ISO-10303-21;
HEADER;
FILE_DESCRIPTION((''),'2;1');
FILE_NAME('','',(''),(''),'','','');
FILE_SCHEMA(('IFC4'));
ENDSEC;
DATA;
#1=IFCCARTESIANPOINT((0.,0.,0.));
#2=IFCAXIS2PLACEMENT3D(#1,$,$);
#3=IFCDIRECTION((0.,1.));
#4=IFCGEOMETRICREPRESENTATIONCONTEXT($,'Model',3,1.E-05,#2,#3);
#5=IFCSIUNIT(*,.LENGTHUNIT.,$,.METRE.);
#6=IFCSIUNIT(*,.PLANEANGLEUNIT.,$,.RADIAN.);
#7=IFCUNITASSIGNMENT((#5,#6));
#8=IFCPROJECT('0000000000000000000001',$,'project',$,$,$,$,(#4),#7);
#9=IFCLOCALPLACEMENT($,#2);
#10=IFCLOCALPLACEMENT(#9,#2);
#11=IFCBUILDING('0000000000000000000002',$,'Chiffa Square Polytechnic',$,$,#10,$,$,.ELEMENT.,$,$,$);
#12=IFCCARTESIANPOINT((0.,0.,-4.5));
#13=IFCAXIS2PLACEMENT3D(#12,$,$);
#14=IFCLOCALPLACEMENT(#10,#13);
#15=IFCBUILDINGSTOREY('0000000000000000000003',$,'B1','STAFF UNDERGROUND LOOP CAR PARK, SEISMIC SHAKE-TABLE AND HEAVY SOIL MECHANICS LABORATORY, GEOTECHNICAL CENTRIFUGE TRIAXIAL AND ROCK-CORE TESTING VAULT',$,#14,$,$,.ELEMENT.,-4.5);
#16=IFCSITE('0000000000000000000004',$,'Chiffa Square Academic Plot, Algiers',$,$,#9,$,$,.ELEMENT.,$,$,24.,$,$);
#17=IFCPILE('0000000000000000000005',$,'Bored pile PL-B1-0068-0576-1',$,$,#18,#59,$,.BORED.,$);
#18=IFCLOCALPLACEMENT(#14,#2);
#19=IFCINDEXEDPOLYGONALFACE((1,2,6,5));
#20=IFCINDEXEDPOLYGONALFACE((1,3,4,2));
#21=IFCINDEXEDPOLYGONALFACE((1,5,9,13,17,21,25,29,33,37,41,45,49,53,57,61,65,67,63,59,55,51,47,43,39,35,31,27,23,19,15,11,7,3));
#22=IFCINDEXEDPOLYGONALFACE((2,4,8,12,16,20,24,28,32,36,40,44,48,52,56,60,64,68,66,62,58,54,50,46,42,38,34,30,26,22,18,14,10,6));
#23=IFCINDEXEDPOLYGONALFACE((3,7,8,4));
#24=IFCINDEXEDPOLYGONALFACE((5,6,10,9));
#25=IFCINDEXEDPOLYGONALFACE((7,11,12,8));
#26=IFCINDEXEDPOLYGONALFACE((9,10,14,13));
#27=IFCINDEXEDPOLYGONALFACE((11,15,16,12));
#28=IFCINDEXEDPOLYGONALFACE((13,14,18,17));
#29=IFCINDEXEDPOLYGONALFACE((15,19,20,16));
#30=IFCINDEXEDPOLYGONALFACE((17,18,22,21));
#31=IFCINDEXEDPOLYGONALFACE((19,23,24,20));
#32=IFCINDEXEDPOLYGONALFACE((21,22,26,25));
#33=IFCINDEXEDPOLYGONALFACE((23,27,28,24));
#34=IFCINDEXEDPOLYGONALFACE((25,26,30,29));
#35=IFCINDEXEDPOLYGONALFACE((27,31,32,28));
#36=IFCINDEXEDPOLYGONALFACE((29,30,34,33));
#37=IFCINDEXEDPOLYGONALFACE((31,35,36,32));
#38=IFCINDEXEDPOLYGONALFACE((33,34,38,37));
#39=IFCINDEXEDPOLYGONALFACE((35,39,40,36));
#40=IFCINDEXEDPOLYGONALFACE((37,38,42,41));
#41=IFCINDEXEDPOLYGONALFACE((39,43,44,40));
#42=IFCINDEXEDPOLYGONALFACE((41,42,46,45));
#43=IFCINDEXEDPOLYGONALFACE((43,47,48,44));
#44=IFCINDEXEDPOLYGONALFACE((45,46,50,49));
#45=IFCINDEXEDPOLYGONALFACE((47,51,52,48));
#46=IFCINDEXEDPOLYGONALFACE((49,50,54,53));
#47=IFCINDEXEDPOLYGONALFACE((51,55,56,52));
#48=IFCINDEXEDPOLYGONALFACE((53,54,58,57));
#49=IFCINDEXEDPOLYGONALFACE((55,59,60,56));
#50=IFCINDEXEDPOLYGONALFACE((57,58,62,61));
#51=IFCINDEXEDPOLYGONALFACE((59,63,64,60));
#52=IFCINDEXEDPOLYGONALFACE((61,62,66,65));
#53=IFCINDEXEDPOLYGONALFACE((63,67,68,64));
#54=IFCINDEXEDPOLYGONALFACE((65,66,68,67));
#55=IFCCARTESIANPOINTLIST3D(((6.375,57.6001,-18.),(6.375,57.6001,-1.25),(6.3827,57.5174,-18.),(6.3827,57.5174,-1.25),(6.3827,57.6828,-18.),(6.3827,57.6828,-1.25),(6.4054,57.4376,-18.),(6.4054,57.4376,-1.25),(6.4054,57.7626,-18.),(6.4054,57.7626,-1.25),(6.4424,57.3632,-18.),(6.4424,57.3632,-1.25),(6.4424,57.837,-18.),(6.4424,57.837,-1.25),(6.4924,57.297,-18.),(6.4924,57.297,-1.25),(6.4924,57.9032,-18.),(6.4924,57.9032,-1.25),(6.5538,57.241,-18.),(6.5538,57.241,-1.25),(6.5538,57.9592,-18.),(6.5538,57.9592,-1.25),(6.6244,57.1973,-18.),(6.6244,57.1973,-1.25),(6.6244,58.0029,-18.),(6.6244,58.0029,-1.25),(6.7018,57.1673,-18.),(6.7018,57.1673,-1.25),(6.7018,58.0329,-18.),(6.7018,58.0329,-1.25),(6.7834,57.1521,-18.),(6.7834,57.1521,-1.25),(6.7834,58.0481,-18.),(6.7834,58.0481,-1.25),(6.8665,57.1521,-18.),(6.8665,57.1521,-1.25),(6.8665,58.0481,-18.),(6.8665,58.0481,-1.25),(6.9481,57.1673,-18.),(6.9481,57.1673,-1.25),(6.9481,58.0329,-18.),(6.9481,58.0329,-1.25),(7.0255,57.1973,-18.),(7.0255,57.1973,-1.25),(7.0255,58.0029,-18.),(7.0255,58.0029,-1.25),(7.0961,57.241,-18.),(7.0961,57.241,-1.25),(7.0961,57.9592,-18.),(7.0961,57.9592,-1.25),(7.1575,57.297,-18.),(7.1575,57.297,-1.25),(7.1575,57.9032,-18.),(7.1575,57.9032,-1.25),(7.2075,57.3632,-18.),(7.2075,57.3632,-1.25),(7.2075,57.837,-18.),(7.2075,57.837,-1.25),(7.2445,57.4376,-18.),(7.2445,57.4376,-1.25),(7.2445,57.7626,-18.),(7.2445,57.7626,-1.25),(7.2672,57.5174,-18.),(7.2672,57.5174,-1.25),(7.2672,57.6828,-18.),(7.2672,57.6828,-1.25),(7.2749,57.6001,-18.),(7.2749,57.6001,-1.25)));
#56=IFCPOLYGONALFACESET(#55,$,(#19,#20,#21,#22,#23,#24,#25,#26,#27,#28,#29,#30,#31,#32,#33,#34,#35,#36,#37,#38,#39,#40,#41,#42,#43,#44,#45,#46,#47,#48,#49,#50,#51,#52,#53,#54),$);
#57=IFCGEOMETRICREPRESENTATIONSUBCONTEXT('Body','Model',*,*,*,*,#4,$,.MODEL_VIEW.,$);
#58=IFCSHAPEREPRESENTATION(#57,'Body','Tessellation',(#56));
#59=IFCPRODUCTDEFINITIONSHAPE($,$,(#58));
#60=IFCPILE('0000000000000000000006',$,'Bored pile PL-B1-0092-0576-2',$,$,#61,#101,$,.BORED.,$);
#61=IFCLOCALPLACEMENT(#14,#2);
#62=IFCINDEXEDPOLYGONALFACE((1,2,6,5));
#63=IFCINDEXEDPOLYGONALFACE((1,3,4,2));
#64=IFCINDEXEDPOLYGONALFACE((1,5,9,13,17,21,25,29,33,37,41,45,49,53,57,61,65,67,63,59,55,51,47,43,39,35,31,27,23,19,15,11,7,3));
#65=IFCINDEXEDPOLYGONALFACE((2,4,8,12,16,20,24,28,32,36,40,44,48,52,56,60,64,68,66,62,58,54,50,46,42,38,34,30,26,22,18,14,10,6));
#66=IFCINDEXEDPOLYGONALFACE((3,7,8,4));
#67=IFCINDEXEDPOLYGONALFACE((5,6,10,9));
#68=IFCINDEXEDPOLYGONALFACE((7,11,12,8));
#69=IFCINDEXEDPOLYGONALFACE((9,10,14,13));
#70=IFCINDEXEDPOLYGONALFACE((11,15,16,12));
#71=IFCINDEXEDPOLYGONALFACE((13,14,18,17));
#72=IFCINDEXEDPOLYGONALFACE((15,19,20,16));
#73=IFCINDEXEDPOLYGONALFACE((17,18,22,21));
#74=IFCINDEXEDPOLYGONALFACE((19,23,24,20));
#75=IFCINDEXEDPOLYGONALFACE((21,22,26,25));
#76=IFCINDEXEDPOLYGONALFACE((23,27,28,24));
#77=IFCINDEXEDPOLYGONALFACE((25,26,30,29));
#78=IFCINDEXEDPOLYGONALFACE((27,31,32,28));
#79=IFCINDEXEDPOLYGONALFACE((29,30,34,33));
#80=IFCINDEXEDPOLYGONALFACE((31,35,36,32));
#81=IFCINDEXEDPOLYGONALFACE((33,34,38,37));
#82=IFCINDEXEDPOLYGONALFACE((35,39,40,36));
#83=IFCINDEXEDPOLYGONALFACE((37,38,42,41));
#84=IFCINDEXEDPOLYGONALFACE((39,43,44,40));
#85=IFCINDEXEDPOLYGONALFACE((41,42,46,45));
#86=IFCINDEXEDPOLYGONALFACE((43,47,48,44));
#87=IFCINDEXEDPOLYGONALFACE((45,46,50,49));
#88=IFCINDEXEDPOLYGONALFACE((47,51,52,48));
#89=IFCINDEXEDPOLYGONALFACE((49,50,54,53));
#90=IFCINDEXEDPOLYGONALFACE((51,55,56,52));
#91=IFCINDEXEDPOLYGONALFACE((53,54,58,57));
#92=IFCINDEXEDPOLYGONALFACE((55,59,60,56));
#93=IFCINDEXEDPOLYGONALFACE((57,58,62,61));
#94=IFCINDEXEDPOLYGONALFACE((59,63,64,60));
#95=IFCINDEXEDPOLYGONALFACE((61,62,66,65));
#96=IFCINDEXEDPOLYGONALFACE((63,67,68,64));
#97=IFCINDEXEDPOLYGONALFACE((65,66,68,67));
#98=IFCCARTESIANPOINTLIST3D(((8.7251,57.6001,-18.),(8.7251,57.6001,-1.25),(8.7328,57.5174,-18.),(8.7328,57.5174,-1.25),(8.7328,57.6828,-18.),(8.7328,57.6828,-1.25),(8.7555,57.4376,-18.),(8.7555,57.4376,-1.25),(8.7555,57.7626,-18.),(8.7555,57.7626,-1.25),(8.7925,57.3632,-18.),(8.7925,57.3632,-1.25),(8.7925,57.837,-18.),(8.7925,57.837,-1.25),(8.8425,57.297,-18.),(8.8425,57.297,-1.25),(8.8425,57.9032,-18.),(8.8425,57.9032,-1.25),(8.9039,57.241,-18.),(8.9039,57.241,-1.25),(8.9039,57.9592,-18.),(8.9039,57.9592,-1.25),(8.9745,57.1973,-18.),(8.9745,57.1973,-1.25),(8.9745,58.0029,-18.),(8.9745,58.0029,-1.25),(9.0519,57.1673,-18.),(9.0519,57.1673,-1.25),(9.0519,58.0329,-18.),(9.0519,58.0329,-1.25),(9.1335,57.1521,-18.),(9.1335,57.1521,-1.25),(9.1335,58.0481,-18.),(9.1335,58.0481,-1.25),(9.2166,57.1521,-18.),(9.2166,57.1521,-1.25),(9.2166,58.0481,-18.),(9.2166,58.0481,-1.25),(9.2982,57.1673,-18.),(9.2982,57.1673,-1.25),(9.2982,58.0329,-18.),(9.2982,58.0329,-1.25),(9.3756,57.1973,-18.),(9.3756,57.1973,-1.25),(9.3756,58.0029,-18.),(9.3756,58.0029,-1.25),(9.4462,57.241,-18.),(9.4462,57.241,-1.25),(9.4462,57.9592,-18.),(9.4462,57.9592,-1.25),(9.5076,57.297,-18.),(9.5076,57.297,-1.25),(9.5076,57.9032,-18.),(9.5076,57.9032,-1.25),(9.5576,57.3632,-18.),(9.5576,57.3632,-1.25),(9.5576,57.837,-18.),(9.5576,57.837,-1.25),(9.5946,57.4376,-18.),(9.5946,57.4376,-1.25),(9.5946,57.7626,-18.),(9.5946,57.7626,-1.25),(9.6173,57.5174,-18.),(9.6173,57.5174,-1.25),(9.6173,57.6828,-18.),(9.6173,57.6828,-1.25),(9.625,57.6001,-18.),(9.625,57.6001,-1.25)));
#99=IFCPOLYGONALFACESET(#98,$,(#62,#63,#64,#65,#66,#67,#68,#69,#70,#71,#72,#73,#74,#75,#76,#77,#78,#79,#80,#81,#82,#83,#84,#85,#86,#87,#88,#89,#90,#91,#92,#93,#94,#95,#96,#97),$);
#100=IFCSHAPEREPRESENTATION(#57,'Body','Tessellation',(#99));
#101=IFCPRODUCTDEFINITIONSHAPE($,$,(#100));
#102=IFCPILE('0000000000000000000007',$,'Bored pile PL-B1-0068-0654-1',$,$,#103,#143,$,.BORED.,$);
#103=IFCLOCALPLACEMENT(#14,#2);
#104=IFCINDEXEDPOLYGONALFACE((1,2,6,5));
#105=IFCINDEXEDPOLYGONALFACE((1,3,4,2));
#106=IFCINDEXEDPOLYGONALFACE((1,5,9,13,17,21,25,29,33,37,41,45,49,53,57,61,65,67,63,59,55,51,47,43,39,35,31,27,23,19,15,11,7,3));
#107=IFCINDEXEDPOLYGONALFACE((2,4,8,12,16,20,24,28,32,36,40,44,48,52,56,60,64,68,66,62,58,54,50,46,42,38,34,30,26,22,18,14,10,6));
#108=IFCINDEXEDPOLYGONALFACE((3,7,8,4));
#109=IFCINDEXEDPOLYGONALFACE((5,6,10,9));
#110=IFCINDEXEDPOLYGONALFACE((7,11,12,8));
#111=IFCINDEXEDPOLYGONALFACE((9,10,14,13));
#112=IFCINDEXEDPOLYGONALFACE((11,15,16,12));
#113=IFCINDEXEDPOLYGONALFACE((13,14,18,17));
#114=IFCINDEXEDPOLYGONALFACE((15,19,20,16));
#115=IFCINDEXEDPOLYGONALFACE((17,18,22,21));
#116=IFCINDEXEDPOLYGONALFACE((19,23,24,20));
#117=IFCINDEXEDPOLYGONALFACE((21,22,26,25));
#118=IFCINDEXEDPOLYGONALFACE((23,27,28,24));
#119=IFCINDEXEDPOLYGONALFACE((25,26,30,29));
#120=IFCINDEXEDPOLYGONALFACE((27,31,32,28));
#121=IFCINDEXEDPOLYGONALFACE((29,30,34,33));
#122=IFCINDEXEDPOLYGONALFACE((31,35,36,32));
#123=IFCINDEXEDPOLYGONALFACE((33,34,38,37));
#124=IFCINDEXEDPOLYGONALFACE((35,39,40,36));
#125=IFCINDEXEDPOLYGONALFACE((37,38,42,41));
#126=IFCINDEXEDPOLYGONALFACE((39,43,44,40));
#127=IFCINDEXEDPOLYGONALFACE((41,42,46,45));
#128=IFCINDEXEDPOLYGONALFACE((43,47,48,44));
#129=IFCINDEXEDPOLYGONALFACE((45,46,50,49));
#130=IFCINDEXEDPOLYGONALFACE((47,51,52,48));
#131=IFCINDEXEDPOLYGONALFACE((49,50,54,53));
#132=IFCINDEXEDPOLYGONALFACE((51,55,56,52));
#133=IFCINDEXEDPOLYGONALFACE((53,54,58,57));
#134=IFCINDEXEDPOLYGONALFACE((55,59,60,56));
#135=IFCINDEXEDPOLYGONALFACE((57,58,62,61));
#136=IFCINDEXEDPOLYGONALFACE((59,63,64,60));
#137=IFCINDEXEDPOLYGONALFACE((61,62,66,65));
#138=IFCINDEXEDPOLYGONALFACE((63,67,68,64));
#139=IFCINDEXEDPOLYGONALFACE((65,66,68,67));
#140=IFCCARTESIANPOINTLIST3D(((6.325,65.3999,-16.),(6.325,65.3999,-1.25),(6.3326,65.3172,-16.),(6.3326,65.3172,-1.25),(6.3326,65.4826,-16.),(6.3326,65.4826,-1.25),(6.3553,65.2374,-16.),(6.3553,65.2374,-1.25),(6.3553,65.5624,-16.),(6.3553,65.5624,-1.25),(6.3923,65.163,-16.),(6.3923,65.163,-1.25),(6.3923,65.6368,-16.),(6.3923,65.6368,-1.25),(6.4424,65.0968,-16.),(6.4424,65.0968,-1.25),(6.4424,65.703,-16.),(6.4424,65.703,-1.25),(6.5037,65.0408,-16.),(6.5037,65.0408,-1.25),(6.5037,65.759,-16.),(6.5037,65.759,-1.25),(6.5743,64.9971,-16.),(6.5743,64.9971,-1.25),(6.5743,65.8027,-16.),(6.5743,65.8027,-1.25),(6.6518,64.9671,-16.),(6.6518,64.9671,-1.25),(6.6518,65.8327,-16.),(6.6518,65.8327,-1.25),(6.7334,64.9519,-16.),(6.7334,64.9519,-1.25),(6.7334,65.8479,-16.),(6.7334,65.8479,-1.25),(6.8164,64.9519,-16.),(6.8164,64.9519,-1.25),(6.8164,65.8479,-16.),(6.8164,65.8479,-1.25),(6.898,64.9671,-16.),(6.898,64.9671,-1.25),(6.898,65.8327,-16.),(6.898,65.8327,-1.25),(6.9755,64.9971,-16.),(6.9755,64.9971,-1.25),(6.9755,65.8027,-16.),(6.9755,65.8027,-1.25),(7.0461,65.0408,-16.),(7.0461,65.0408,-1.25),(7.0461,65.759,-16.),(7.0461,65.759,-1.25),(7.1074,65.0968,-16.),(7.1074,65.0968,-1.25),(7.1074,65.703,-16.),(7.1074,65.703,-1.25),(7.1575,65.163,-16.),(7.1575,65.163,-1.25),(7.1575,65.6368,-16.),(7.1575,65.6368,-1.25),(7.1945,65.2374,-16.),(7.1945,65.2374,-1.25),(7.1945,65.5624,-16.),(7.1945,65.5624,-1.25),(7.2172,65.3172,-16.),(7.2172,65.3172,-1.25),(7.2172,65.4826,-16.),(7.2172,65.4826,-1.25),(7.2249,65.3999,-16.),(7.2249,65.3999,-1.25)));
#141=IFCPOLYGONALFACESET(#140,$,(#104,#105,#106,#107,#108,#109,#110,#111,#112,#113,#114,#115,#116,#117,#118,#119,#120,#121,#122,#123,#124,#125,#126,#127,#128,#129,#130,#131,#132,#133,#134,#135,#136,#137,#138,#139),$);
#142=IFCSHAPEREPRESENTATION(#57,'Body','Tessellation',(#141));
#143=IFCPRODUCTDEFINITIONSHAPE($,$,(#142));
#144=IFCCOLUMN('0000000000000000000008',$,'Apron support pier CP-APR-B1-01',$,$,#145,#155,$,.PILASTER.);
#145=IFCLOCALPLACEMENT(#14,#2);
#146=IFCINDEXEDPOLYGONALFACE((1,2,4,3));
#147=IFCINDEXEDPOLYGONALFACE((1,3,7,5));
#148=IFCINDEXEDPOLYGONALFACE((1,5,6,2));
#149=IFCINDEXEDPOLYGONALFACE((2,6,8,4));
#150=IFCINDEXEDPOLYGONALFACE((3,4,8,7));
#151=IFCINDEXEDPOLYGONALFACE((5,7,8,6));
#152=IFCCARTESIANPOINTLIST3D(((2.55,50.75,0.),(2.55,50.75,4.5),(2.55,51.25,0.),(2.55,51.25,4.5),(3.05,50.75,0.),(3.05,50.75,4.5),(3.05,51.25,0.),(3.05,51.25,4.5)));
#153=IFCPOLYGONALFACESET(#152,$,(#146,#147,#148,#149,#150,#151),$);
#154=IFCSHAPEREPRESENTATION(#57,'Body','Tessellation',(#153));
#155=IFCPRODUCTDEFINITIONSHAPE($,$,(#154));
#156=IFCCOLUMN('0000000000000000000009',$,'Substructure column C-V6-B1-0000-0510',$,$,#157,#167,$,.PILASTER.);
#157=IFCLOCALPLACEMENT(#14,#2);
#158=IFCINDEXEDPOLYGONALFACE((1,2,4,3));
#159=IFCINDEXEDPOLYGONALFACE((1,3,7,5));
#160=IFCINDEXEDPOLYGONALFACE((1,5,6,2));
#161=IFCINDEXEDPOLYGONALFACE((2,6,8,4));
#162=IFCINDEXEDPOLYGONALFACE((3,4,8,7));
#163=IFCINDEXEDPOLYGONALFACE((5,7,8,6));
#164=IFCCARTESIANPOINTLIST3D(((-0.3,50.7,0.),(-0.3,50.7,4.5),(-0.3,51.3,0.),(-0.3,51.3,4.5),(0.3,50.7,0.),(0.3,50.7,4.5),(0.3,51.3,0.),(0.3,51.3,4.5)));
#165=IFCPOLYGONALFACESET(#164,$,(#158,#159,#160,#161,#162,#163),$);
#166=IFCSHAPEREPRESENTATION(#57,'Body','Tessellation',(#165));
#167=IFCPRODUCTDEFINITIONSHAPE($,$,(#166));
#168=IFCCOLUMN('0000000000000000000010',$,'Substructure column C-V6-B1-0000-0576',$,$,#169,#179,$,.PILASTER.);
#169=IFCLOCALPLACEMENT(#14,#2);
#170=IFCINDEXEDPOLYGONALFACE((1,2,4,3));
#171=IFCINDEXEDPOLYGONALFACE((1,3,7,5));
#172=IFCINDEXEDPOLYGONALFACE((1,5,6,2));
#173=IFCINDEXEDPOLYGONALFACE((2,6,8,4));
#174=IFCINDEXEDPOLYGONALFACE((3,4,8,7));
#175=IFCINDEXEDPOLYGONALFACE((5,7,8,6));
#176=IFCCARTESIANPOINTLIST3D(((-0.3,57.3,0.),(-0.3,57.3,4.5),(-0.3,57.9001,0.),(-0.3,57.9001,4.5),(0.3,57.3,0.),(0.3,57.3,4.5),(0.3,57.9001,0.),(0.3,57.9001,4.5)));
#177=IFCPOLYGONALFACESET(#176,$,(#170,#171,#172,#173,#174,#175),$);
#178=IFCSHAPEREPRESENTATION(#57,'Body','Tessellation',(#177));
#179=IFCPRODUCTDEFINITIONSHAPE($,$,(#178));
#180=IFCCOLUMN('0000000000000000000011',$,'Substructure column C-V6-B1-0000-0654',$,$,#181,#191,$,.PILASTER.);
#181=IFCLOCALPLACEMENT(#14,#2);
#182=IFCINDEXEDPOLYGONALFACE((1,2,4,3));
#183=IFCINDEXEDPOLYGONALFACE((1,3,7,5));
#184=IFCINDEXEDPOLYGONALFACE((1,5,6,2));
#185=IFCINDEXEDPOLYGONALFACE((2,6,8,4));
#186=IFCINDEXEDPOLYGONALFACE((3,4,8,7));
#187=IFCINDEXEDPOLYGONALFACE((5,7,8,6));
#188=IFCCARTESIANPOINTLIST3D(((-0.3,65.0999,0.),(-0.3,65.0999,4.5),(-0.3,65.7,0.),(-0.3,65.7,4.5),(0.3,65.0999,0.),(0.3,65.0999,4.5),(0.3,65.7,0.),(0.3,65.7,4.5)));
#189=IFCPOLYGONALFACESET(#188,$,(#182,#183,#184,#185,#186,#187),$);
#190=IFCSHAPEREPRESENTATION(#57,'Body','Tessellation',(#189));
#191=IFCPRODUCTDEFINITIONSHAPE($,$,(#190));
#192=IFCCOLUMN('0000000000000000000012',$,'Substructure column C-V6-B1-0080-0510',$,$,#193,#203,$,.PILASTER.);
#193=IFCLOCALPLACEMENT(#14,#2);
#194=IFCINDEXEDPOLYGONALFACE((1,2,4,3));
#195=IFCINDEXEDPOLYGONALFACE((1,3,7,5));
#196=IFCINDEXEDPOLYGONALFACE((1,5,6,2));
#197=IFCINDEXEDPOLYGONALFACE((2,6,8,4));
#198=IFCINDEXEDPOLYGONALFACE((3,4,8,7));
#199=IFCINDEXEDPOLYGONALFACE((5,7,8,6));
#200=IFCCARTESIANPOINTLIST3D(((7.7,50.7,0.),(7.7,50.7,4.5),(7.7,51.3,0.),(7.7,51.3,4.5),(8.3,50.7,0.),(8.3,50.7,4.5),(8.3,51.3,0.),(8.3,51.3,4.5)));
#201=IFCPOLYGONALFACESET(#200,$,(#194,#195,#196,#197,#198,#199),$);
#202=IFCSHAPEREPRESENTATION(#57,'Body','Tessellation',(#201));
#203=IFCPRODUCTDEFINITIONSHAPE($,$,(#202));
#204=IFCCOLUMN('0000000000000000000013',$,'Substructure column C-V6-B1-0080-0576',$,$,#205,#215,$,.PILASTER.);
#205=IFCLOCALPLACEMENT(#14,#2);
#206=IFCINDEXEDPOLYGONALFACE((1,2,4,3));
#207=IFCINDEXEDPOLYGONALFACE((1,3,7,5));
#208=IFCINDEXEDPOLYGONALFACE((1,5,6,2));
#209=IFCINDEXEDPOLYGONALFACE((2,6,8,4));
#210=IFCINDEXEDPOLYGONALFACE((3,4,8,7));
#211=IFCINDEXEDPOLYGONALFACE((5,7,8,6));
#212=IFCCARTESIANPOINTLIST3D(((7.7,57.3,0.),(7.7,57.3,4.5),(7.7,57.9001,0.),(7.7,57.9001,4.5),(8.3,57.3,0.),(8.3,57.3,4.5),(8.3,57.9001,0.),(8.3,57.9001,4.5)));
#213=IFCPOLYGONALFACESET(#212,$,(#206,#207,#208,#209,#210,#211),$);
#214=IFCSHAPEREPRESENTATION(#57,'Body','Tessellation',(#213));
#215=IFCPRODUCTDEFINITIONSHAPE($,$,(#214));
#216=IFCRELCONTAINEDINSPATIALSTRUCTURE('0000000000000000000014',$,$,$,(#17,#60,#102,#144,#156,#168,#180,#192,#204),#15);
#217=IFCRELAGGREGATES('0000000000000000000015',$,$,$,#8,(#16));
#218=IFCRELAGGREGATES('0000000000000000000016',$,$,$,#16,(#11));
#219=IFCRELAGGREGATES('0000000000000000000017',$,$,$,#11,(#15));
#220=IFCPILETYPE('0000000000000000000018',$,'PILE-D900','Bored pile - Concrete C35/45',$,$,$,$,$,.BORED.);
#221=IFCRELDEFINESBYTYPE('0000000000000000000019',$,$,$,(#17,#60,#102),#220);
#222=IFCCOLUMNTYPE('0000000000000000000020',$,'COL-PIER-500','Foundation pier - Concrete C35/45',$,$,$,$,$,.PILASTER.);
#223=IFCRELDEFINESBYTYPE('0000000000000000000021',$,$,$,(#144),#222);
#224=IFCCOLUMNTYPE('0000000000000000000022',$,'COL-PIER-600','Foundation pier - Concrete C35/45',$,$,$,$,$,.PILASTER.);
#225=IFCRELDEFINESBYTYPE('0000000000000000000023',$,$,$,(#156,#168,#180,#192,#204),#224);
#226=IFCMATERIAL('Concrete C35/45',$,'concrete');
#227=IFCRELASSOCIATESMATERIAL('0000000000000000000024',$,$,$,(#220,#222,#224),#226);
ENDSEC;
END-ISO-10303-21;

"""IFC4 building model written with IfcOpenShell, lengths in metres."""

from ifc_helpers import new_model, si_unit, direction, frame, origin, origin_2d, place, context, subcontext, project, spatial, rectangle, circle, extrude, material, material_profile, profile_set, type_object, element, save


model = new_model("IFC4")

# Units and contexts
model_context = context("Model", 3, precision=1e-05, world=origin(), true_north=direction((0.0, 1.0)))
body_context = subcontext(model_context, "Body", "Model", "MODEL_VIEW")
ifc_project = project(units=[si_unit("LENGTHUNIT", "METRE"), si_unit("PLANEANGLEUNIT", "RADIAN")], contexts=[model_context])

# Site, building, storey
site_placement = place(None, origin())
site = spatial("IfcSite", under=ifc_project, at=site_placement, Name="Chiffa Square Academic Plot, Algiers", CompositionType="ELEMENT", RefElevation=24.0)
building_placement = place(site_placement, origin())
building = spatial("IfcBuilding", under=site, at=building_placement, Name="Chiffa Square Polytechnic", CompositionType="ELEMENT")
storey_placement = place(building_placement, frame((0.0, 0.0, -4.5)))
storey = spatial("IfcBuildingStorey", under=building, at=storey_placement, Name="B1", Description="STAFF UNDERGROUND LOOP CAR PARK, SEISMIC SHAKE-TABLE AND HEAVY SOIL MECHANICS LABORATORY, GEOTECHNICAL CENTRIFUGE TRIAXIAL AND ROCK-CORE TESTING VAULT", CompositionType="ELEMENT", Elevation=-4.5)

# Shared definitions
ifc_material = material(Name="Concrete C35/45", Category="concrete")

# Piles
ifc_material_profile_1 = material_profile(ifc_material, circle(Radius=0.45, at=origin_2d()), Name="PILE D900")
ifc_profile_set_1 = profile_set([ifc_material_profile_1], Name="Concrete C35/45")
pile_type_1 = type_object("IfcPileType", Name="PILE-D900", Description="Bored pile - Concrete C35/45", PredefinedType="BORED", material=ifc_profile_set_1)
for number, where, z_axis, x_axis, name in (
    (1, (6.825, 57.6001, -1.25), (0.0, 0.0, -1.0), (1.0, 0.0, 0.0), "Bored pile PL-B1-0068-0576-1"),
    (2, (9.175, 57.6001, -1.25), (0.0, 0.0, -1.0), (1.0, 0.0, 0.0), "Bored pile PL-B1-0092-0576-2"),
):
    element("IfcPile", number, at=place(storey_placement, frame(where, z_axis=z_axis, x_axis=x_axis)), inside=storey, type_object=pile_type_1, Name=name, PredefinedType="BORED", context=body_context, shape_type="SweptSolid", body=[
        extrude(circle(Radius=0.45, at=origin_2d()), origin(), (0.0, 0.0, 1.0), 16.75),
    ])
pile_1_placement = place(storey_placement, frame((6.7749, 65.3999, -1.25), z_axis=(0.0, 0.0, -1.0), x_axis=(1.0, 0.0, 0.0)))
element("IfcPile", 3, at=pile_1_placement, inside=storey, type_object=pile_type_1, Name="Bored pile PL-B1-0068-0654-1", PredefinedType="BORED", context=body_context, shape_type="SweptSolid", body=[
    extrude(circle(Radius=0.45, at=origin_2d()), origin(), (0.0, 0.0, 1.0), 14.75),
])

# Columns
ifc_material_profile_2 = material_profile(ifc_material, rectangle(XDim=0.5, YDim=0.5, at=origin_2d()), Name="RC 500x500")
ifc_profile_set_2 = profile_set([ifc_material_profile_2], Name="Concrete C35/45")
column_type_1 = type_object("IfcColumnType", Name="COL-PIER-500", Description="Foundation pier - Concrete C35/45", PredefinedType="PILASTER", material=ifc_profile_set_2)
column_placement = place(storey_placement, frame((2.8, 51.0, 0.0), z_axis=(0.0, 0.0, 1.0), x_axis=(1.0, 0.0, 0.0)))
element("IfcColumn", 4, at=column_placement, inside=storey, type_object=column_type_1, Name="Apron support pier CP-APR-B1-01", PredefinedType="PILASTER", context=body_context, shape_type="SweptSolid", body=[
    extrude(rectangle(XDim=0.5, YDim=0.5, at=origin_2d()), origin(), (0.0, 0.0, 1.0), 4.5),
])
ifc_material_profile_3 = material_profile(ifc_material, rectangle(XDim=0.6001, YDim=0.6001, at=origin_2d()), Name="RC 600x600")
ifc_profile_set_3 = profile_set([ifc_material_profile_3], Name="Concrete C35/45")
column_type_2 = type_object("IfcColumnType", Name="COL-PIER-600", Description="Foundation pier - Concrete C35/45", PredefinedType="PILASTER", material=ifc_profile_set_3)
for number, where, z_axis, x_axis, name in (
    (5, (0.0, 51.0, 0.0), (0.0, 0.0, 1.0), (1.0, 0.0, 0.0), "Substructure column C-V6-B1-0000-0510"),
    (6, (0.0, 57.6001, 0.0), (0.0, 0.0, 1.0), (1.0, 0.0, 0.0), "Substructure column C-V6-B1-0000-0576"),
    (7, (0.0, 65.3999, 0.0), (0.0, 0.0, 1.0), (1.0, 0.0, 0.0), "Substructure column C-V6-B1-0000-0654"),
    (8, (8.0, 51.0, 0.0), (0.0, 0.0, 1.0), (1.0, 0.0, 0.0), "Substructure column C-V6-B1-0080-0510"),
    (9, (8.0, 57.6001, 0.0), (0.0, 0.0, 1.0), (1.0, 0.0, 0.0), "Substructure column C-V6-B1-0080-0576"),
):
    element("IfcColumn", number, at=place(storey_placement, frame(where, z_axis=z_axis, x_axis=x_axis)), inside=storey, type_object=column_type_2, Name=name, PredefinedType="PILASTER", context=body_context, shape_type="SweptSolid", body=[
        extrude(rectangle(XDim=0.6001, YDim=0.6001, at=origin_2d()), origin(), (0.0, 0.0, 1.0), 4.5),
    ])

save(model, "model.ifc")
